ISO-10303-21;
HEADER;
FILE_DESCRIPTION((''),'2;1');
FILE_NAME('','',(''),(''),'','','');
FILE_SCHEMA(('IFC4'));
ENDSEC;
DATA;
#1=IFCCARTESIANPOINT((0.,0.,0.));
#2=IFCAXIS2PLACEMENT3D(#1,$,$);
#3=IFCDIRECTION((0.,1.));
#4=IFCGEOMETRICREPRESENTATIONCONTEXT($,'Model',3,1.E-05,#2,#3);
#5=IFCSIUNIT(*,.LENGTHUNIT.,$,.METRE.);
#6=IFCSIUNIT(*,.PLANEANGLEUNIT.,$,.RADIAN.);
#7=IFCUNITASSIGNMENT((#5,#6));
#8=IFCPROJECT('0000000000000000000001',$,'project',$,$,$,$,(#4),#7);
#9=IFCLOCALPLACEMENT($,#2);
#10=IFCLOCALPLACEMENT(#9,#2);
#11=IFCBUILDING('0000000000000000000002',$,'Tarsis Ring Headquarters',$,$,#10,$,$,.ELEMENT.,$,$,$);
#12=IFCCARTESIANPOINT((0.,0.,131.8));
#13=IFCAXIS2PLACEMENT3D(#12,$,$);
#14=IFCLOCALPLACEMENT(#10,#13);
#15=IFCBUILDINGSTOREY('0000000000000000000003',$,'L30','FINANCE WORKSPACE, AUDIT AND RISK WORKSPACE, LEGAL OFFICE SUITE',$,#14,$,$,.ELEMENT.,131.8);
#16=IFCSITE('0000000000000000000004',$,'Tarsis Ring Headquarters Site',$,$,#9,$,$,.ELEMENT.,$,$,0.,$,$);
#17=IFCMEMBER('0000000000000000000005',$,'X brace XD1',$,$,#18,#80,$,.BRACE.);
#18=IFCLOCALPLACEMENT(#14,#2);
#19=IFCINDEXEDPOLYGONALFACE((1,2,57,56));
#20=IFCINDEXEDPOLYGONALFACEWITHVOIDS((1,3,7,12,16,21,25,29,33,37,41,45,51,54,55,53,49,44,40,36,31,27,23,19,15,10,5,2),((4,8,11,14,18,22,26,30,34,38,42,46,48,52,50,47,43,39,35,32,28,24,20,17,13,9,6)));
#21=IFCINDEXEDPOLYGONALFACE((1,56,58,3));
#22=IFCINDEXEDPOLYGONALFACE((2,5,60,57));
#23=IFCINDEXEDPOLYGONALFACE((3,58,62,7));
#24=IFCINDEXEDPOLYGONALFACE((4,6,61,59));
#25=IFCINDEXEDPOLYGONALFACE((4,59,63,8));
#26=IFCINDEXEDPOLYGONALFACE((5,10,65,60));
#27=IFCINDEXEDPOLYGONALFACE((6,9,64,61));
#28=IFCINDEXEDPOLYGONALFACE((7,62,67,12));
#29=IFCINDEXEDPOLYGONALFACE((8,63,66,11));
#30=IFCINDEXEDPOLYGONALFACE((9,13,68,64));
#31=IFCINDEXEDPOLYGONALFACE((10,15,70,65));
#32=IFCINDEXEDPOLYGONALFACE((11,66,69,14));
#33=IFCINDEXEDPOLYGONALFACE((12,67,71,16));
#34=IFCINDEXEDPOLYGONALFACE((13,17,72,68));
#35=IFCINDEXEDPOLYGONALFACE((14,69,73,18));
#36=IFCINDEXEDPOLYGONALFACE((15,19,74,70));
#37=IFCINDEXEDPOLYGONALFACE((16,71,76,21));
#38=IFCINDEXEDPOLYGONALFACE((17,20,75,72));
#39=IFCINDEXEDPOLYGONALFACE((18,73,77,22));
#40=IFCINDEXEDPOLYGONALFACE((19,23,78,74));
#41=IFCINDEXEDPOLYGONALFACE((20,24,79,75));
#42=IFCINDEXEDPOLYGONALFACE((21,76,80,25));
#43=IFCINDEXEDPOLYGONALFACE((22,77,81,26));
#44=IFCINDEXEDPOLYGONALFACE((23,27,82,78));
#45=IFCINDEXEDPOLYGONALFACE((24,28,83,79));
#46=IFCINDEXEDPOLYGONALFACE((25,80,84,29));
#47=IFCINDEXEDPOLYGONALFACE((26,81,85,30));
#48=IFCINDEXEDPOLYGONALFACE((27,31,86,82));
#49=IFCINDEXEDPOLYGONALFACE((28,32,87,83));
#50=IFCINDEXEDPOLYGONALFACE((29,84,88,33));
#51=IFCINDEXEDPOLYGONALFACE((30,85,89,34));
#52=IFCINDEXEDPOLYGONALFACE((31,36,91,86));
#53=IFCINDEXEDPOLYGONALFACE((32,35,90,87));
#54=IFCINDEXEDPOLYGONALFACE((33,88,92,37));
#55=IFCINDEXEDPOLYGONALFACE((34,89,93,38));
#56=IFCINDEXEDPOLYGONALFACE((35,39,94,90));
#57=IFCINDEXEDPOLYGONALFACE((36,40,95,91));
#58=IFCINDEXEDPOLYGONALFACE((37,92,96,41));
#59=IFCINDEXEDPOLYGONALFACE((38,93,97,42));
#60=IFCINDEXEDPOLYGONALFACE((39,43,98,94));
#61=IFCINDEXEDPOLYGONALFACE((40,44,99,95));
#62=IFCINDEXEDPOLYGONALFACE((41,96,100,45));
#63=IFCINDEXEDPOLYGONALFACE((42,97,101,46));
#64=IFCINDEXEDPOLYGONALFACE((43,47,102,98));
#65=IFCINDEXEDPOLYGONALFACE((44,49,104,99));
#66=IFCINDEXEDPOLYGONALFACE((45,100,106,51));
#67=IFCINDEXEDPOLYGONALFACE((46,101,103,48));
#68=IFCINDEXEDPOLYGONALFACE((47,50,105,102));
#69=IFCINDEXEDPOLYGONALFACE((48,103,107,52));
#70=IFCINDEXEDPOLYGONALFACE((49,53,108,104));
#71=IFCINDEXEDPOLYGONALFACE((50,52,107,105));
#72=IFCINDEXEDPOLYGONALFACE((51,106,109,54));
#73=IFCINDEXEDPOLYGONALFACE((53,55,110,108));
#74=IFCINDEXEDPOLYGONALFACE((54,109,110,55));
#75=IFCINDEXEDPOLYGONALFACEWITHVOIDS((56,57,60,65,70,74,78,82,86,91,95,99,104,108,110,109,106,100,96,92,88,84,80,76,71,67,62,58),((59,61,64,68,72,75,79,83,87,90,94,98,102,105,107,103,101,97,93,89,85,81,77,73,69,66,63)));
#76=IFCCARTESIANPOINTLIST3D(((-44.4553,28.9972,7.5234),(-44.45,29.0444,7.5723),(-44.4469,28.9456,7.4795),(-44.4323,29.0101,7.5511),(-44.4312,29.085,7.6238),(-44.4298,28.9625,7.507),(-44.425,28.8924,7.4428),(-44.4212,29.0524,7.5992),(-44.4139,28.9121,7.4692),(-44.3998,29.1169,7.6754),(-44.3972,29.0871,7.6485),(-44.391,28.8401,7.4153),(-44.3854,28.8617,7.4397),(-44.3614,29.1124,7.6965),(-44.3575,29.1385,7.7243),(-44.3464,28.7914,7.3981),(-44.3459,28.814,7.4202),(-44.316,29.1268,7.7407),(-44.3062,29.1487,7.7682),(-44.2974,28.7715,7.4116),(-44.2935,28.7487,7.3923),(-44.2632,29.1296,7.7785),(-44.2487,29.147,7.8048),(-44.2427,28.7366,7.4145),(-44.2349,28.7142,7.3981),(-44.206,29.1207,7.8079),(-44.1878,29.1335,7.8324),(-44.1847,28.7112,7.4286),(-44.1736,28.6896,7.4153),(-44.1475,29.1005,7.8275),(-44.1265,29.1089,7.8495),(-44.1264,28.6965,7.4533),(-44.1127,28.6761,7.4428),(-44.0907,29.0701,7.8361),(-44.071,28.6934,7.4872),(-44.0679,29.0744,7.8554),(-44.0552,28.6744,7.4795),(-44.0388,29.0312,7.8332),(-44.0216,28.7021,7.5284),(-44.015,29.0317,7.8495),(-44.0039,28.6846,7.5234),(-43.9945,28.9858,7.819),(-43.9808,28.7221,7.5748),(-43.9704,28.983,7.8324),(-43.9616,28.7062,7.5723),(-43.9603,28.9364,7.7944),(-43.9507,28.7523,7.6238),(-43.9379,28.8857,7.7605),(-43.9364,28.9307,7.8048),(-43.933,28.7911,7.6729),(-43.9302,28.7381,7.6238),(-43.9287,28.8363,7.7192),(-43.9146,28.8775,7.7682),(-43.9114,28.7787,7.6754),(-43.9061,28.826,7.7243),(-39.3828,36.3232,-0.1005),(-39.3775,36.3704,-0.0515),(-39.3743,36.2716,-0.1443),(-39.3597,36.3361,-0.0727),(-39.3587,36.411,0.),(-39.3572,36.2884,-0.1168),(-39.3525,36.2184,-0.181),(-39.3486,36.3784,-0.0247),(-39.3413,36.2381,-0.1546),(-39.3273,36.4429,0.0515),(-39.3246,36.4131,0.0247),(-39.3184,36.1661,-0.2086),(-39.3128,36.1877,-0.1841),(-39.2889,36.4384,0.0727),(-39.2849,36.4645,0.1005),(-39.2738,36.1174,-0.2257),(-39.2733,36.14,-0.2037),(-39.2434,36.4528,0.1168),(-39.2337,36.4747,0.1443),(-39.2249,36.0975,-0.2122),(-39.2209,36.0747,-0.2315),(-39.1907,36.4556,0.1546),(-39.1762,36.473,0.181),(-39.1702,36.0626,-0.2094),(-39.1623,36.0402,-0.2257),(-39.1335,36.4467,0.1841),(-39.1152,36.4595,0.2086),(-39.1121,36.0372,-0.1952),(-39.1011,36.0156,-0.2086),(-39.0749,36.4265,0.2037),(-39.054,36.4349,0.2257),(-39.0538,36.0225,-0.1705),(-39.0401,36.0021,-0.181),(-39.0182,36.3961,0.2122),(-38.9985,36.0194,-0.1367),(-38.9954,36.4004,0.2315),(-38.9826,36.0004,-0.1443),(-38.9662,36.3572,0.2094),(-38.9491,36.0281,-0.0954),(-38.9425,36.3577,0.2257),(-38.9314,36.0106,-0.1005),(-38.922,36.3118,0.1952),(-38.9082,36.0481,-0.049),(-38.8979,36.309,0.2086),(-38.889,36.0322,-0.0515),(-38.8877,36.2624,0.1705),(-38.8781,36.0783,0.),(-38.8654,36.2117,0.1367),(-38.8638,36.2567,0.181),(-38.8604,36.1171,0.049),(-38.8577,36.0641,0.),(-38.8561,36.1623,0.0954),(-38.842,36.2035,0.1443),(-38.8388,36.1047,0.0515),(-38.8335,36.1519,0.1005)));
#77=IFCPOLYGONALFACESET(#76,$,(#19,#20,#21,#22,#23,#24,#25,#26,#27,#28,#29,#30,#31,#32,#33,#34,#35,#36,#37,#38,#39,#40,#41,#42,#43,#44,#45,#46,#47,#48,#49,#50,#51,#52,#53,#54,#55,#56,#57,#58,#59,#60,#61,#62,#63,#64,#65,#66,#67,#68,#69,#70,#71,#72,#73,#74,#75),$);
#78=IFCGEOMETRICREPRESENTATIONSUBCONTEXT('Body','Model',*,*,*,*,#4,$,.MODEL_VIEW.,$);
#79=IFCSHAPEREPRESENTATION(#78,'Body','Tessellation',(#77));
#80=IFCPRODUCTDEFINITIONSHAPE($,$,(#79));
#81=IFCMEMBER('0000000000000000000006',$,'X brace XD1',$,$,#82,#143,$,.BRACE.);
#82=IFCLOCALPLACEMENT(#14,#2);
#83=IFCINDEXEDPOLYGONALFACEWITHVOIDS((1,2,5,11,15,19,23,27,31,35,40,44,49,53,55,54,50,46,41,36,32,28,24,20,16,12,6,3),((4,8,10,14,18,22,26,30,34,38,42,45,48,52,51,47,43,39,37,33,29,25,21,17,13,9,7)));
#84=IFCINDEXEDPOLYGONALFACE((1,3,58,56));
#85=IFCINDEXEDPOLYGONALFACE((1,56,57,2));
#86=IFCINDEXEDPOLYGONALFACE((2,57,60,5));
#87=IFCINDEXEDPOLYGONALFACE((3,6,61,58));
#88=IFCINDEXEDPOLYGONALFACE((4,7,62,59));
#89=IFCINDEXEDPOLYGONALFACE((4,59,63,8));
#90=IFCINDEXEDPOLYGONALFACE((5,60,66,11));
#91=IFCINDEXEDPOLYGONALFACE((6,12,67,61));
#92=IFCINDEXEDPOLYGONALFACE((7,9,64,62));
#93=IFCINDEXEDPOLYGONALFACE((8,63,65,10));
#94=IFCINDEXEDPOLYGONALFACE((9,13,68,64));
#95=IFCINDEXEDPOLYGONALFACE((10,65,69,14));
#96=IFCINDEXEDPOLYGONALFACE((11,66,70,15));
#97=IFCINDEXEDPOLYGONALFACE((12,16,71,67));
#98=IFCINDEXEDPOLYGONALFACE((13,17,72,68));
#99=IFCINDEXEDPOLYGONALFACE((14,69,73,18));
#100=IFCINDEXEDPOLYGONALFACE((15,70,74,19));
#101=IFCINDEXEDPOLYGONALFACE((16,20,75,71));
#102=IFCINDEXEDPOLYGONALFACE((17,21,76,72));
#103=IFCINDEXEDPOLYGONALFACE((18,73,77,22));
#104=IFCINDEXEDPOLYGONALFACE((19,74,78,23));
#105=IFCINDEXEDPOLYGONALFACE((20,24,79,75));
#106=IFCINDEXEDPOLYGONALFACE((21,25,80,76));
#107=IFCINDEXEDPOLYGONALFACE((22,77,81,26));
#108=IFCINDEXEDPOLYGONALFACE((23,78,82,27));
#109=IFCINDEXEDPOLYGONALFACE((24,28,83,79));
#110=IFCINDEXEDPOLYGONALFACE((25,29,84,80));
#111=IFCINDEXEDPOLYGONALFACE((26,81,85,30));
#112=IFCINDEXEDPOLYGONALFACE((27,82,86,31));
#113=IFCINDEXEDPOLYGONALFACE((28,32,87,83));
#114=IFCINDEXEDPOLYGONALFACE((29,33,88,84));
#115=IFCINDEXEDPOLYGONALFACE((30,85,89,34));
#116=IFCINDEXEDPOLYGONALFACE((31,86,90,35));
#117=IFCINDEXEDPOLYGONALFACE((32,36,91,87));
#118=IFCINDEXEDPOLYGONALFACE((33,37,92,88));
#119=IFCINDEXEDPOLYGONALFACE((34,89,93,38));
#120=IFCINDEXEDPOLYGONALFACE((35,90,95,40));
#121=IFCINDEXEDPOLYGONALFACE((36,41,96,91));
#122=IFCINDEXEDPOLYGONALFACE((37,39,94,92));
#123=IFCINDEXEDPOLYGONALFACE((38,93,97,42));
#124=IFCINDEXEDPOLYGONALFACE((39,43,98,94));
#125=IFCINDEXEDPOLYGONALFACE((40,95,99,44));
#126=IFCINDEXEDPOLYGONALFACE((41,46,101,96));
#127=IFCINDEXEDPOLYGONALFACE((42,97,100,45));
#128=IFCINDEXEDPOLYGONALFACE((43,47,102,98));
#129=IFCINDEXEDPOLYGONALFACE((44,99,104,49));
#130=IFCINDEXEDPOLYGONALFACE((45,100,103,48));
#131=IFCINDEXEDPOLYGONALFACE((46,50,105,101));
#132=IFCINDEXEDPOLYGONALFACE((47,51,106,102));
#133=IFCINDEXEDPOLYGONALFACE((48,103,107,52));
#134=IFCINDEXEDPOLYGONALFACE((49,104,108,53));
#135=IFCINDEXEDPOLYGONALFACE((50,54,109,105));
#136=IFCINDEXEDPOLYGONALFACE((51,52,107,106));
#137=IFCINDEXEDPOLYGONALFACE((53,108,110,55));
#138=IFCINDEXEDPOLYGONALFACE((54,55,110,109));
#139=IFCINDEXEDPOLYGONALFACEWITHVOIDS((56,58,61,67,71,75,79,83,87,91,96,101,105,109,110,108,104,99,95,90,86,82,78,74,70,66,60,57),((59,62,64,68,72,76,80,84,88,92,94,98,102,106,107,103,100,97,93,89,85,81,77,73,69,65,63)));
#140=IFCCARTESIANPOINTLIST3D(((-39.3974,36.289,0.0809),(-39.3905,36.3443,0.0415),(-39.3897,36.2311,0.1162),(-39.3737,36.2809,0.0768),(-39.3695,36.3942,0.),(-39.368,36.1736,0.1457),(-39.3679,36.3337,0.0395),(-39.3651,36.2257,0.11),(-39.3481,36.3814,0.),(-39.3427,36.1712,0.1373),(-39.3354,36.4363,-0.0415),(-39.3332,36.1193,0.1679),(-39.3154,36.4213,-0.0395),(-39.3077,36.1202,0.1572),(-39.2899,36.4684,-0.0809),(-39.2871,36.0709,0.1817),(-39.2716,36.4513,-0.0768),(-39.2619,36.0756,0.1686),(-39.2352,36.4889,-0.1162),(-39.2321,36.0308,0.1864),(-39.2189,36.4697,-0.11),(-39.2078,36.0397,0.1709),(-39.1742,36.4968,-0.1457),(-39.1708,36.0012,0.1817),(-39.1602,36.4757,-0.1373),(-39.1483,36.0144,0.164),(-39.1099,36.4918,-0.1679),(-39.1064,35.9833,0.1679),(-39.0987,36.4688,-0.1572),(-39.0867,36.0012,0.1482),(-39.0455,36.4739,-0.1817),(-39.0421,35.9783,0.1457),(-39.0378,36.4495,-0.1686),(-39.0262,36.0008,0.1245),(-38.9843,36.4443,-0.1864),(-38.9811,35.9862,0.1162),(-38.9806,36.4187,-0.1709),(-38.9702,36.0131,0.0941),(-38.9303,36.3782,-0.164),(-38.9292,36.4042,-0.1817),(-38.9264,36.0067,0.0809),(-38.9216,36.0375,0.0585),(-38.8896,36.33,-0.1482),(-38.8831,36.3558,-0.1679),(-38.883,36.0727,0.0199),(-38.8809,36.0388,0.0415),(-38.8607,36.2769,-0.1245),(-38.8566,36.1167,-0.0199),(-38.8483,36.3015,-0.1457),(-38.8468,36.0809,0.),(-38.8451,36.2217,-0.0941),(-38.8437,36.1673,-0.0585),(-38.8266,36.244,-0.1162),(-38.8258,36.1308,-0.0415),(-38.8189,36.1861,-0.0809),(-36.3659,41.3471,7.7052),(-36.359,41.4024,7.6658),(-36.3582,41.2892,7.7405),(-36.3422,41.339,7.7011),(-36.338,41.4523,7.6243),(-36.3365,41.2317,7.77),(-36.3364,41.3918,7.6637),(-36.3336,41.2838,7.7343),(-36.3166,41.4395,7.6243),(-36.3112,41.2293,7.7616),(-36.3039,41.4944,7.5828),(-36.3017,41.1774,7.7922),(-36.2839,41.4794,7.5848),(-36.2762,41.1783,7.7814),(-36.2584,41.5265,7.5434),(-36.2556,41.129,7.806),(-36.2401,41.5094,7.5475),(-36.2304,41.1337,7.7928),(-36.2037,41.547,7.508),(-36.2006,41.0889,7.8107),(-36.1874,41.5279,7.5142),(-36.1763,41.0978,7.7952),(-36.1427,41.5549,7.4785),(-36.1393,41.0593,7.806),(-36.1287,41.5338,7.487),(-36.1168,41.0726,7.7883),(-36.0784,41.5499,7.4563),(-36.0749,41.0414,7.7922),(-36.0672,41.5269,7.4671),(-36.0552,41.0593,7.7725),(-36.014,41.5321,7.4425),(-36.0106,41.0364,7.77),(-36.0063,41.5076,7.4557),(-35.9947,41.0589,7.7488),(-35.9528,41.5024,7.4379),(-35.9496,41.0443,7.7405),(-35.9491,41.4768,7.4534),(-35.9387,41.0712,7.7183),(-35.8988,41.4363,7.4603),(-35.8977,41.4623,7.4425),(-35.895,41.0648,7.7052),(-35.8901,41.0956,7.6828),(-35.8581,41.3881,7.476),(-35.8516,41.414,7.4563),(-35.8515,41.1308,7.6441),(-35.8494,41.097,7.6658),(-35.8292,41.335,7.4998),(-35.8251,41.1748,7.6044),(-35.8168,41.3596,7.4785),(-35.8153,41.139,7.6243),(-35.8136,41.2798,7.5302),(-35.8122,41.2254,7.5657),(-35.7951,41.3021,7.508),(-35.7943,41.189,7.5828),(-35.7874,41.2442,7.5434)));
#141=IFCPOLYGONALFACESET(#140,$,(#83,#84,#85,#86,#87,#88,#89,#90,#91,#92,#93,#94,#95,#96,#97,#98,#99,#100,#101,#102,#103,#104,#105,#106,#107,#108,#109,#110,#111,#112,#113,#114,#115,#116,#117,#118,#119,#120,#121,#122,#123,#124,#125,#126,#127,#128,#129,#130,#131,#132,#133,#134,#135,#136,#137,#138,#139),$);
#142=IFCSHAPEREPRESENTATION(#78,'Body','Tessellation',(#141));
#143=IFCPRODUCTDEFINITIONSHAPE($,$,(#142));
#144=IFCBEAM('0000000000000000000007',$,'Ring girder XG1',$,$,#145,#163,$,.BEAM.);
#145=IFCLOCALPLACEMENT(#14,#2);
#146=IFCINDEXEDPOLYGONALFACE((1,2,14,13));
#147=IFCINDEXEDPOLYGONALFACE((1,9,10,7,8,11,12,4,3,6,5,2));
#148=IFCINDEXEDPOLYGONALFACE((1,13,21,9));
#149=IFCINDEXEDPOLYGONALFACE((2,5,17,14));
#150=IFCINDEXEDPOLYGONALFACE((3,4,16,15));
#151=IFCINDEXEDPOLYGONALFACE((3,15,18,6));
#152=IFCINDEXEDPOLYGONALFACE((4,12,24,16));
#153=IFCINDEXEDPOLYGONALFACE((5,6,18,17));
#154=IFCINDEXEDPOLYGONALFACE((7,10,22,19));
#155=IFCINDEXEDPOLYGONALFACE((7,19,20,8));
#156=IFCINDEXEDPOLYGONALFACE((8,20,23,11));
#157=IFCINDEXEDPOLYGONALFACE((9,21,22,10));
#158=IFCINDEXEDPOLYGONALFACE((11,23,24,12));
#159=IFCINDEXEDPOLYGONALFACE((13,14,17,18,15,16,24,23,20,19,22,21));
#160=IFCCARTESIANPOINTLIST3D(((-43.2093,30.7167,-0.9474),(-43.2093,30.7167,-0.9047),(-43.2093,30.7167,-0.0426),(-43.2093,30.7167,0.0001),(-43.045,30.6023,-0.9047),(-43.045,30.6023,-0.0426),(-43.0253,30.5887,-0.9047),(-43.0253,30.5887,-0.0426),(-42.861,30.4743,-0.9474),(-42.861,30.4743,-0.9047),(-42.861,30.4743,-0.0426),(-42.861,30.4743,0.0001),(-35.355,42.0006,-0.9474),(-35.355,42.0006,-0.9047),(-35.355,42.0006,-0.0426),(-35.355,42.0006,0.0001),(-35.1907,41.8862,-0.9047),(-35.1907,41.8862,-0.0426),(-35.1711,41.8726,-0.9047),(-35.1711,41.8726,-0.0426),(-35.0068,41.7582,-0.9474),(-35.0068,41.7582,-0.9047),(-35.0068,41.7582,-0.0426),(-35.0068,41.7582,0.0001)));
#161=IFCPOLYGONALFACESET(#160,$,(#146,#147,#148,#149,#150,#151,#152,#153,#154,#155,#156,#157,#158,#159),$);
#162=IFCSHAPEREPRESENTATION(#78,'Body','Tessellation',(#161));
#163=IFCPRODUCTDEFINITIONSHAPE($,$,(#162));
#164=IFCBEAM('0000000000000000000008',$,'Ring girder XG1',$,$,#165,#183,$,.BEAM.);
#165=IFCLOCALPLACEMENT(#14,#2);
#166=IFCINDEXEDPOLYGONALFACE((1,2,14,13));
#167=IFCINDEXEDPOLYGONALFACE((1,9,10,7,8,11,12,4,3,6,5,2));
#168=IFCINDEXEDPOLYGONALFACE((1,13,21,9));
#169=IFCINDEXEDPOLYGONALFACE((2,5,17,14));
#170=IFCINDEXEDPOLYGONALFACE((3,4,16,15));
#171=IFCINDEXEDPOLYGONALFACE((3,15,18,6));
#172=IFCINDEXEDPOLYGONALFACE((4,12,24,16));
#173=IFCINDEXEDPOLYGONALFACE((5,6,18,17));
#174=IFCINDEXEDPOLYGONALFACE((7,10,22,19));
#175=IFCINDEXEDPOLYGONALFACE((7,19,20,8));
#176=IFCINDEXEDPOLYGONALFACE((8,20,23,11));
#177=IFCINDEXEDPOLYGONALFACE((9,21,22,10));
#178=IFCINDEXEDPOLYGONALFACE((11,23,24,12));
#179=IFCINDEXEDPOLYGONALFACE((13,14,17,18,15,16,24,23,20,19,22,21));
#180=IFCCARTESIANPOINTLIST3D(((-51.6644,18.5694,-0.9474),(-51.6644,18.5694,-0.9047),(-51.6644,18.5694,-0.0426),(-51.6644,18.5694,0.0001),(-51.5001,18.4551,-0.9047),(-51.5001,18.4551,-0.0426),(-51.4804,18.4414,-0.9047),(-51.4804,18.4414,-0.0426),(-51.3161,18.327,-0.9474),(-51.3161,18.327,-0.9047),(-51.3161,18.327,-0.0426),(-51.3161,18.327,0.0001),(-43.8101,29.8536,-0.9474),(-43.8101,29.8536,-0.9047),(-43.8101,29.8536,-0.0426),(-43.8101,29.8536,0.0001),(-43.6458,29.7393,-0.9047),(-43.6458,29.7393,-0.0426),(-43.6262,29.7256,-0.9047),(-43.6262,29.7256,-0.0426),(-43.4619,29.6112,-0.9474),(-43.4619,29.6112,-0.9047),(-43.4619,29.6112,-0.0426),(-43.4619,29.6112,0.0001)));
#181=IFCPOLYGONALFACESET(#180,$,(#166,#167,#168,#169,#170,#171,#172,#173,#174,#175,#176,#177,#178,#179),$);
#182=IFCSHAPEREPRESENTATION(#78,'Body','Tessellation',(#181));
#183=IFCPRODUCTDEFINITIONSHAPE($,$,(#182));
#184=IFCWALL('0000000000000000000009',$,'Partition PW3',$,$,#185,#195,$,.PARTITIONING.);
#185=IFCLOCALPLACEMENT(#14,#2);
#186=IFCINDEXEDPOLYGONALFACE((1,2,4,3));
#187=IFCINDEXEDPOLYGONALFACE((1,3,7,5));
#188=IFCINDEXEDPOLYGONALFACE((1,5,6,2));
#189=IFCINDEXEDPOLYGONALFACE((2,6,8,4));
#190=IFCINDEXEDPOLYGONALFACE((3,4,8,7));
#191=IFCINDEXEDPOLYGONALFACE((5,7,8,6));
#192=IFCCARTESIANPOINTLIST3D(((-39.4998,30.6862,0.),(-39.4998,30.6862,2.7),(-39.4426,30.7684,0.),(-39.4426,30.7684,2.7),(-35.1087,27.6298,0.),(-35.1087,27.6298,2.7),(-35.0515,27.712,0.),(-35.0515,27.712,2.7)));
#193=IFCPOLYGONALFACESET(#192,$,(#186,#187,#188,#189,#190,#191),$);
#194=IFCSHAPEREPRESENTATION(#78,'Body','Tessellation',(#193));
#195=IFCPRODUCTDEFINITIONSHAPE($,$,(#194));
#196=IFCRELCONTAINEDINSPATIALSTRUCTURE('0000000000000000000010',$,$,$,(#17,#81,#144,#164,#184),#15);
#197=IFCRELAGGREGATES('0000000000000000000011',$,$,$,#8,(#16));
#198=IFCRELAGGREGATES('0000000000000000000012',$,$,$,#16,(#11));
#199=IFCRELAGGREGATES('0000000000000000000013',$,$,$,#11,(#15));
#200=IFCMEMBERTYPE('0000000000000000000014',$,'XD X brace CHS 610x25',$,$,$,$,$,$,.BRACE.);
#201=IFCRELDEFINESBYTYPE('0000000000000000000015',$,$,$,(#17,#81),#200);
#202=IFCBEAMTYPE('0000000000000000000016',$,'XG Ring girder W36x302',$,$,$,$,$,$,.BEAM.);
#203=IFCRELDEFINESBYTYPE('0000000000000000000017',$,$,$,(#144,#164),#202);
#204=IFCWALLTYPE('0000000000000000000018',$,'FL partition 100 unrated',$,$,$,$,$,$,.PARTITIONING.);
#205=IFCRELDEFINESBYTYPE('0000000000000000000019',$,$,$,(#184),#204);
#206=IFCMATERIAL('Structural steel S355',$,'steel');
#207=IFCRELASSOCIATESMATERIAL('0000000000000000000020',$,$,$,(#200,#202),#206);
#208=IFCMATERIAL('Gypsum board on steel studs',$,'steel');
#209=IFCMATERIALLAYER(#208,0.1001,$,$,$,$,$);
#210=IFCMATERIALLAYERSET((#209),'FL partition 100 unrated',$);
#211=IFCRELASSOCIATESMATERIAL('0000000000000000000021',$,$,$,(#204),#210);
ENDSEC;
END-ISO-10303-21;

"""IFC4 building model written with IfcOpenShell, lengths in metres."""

from ifc_helpers import new_model, si_unit, direction, frame, frame_2d, origin, origin_2d, place, context, subcontext, project, spatial, rectangle, hollow_circle, i_section, extrude, material, layer, layer_set, material_profile, profile_set, type_object, element, save


model = new_model("IFC4")

# Units and contexts
model_context = context("Model", 3, precision=1e-05, world=origin(), true_north=direction((0.0, 1.0)))
body_context = subcontext(model_context, "Body", "Model", "MODEL_VIEW")
ifc_project = project(units=[si_unit("LENGTHUNIT", "METRE"), si_unit("PLANEANGLEUNIT", "RADIAN")], contexts=[model_context])

# Site, building, storey
site_placement = place(None, origin())
site = spatial("IfcSite", under=ifc_project, at=site_placement, Name="Tarsis Ring Headquarters Site", CompositionType="ELEMENT", RefElevation=0.0)
building_placement = place(site_placement, origin())
building = spatial("IfcBuilding", under=site, at=building_placement, Name="Tarsis Ring Headquarters", CompositionType="ELEMENT")
storey_placement = place(building_placement, frame((0.0, 0.0, 131.8)))
storey = spatial("IfcBuildingStorey", under=building, at=storey_placement, Name="L30", Description="FINANCE WORKSPACE, AUDIT AND RISK WORKSPACE, LEGAL OFFICE SUITE", CompositionType="ELEMENT", Elevation=131.8)

# Shared definitions
ifc_material_1 = material(Name="Structural steel S355", Category="steel")

# Members
ifc_material_profile_1 = material_profile(ifc_material_1, hollow_circle(Radius=0.3047, WallThickness=0.0249, at=origin_2d()), Name="CHS 610x25")
ifc_profile_set_1 = profile_set([ifc_material_profile_1], Name="Structural steel S355")
member_type = type_object("IfcMemberType", Name="XD X brace CHS 610x25", PredefinedType="BRACE", material=ifc_profile_set_1)
member_1_placement = place(storey_placement, frame((-39.1082, 36.2375, 0.0), z_axis=(-0.432551, -0.624708, 0.650107), x_axis=(0.822155, -0.569264, 0.0)))
element("IfcMember", 1, at=member_1_placement, inside=storey, type_object=member_type, Name="X brace XD1", PredefinedType="BRACE", context=body_context, shape_type="SweptSolid", body=[
    extrude(hollow_circle(Radius=0.3047, WallThickness=0.0249, at=origin_2d()), origin(), (0.0, 0.0, 1.0), 11.7271),
])
member_2_placement = place(storey_placement, frame((-39.1082, 36.2375, 0.0), z_axis=(0.314514, 0.524772, 0.791009), x_axis=(-0.857745, 0.514076, 0.0)))
element("IfcMember", 2, at=member_2_placement, inside=storey, type_object=member_type, Name="X brace XD1", PredefinedType="BRACE", context=body_context, shape_type="SweptSolid", body=[
    extrude(hollow_circle(Radius=0.3047, WallThickness=0.0249, at=origin_2d()), origin(), (0.0, 0.0, 1.0), 9.6387),
])

# Beams
ifc_material_profile_2 = material_profile(ifc_material_1, i_section(OverallWidth=0.4243, OverallDepth=0.9475, WebThickness=0.0239, FlangeThickness=0.0427, at=origin_2d()), Name="W36x302")
ifc_profile_set_2 = profile_set([ifc_material_profile_2], Name="Structural steel S355")
beam_type = type_object("IfcBeamType", Name="XG Ring girder W36x302", PredefinedType="BEAM", material=ifc_profile_set_2)
beam_1_placement = place(storey_placement, frame((-35.1809, 41.8794, -0.4736), z_axis=(-0.571288, -0.82075, 0.0), x_axis=(0.82075, -0.571288, 0.0)))
element("IfcBeam", 3, at=beam_1_placement, inside=storey, type_object=beam_type, Name="Ring girder XG1", PredefinedType="BEAM", context=body_context, shape_type="SweptSolid", body=[
    extrude(i_section(OverallWidth=0.4243, OverallDepth=0.9475, WebThickness=0.0239, FlangeThickness=0.0427, at=origin_2d()), origin(), (0.0, 0.0, 1.0), 13.7483),
])
beam_2_placement = place(storey_placement, frame((-43.636, 29.7324, -0.4736), z_axis=(-0.571279, -0.820756, 0.0), x_axis=(0.820756, -0.571279, 0.0)))
element("IfcBeam", 4, at=beam_2_placement, inside=storey, type_object=beam_type, Name="Ring girder XG1", PredefinedType="BEAM", context=body_context, shape_type="SweptSolid", body=[
    extrude(i_section(OverallWidth=0.4243, OverallDepth=0.9475, WebThickness=0.0239, FlangeThickness=0.0427, at=origin_2d()), origin(), (0.0, 0.0, 1.0), 13.7485),
])

# Wall
ifc_material_2 = material(Name="Gypsum board on steel studs", Category="steel")
ifc_layer_1 = layer(ifc_material_2, 0.1001)
ifc_layer_set_1 = layer_set([ifc_layer_1], Name="FL partition 100 unrated")
wall_type_1 = type_object("IfcWallType", Name="FL partition 100 unrated", PredefinedType="PARTITIONING", material=ifc_layer_set_1)
wall_1_placement = place(storey_placement, frame((-39.4712, 30.7273, 0.0), z_axis=(0.0, 0.0, 1.0), x_axis=(0.820755, -0.57128, 0.0)))
element("IfcWall", 5, at=wall_1_placement, inside=storey, type_object=wall_type_1, Name="Partition PW3", PredefinedType="PARTITIONING", context=body_context, shape_type="SweptSolid", body=[
    extrude(rectangle(XDim=5.3501, YDim=0.1001, at=frame_2d((2.675, 0.0))), origin(), (0.0, 0.0, 1.0), 2.7),
])

save(model, "model.ifc")
